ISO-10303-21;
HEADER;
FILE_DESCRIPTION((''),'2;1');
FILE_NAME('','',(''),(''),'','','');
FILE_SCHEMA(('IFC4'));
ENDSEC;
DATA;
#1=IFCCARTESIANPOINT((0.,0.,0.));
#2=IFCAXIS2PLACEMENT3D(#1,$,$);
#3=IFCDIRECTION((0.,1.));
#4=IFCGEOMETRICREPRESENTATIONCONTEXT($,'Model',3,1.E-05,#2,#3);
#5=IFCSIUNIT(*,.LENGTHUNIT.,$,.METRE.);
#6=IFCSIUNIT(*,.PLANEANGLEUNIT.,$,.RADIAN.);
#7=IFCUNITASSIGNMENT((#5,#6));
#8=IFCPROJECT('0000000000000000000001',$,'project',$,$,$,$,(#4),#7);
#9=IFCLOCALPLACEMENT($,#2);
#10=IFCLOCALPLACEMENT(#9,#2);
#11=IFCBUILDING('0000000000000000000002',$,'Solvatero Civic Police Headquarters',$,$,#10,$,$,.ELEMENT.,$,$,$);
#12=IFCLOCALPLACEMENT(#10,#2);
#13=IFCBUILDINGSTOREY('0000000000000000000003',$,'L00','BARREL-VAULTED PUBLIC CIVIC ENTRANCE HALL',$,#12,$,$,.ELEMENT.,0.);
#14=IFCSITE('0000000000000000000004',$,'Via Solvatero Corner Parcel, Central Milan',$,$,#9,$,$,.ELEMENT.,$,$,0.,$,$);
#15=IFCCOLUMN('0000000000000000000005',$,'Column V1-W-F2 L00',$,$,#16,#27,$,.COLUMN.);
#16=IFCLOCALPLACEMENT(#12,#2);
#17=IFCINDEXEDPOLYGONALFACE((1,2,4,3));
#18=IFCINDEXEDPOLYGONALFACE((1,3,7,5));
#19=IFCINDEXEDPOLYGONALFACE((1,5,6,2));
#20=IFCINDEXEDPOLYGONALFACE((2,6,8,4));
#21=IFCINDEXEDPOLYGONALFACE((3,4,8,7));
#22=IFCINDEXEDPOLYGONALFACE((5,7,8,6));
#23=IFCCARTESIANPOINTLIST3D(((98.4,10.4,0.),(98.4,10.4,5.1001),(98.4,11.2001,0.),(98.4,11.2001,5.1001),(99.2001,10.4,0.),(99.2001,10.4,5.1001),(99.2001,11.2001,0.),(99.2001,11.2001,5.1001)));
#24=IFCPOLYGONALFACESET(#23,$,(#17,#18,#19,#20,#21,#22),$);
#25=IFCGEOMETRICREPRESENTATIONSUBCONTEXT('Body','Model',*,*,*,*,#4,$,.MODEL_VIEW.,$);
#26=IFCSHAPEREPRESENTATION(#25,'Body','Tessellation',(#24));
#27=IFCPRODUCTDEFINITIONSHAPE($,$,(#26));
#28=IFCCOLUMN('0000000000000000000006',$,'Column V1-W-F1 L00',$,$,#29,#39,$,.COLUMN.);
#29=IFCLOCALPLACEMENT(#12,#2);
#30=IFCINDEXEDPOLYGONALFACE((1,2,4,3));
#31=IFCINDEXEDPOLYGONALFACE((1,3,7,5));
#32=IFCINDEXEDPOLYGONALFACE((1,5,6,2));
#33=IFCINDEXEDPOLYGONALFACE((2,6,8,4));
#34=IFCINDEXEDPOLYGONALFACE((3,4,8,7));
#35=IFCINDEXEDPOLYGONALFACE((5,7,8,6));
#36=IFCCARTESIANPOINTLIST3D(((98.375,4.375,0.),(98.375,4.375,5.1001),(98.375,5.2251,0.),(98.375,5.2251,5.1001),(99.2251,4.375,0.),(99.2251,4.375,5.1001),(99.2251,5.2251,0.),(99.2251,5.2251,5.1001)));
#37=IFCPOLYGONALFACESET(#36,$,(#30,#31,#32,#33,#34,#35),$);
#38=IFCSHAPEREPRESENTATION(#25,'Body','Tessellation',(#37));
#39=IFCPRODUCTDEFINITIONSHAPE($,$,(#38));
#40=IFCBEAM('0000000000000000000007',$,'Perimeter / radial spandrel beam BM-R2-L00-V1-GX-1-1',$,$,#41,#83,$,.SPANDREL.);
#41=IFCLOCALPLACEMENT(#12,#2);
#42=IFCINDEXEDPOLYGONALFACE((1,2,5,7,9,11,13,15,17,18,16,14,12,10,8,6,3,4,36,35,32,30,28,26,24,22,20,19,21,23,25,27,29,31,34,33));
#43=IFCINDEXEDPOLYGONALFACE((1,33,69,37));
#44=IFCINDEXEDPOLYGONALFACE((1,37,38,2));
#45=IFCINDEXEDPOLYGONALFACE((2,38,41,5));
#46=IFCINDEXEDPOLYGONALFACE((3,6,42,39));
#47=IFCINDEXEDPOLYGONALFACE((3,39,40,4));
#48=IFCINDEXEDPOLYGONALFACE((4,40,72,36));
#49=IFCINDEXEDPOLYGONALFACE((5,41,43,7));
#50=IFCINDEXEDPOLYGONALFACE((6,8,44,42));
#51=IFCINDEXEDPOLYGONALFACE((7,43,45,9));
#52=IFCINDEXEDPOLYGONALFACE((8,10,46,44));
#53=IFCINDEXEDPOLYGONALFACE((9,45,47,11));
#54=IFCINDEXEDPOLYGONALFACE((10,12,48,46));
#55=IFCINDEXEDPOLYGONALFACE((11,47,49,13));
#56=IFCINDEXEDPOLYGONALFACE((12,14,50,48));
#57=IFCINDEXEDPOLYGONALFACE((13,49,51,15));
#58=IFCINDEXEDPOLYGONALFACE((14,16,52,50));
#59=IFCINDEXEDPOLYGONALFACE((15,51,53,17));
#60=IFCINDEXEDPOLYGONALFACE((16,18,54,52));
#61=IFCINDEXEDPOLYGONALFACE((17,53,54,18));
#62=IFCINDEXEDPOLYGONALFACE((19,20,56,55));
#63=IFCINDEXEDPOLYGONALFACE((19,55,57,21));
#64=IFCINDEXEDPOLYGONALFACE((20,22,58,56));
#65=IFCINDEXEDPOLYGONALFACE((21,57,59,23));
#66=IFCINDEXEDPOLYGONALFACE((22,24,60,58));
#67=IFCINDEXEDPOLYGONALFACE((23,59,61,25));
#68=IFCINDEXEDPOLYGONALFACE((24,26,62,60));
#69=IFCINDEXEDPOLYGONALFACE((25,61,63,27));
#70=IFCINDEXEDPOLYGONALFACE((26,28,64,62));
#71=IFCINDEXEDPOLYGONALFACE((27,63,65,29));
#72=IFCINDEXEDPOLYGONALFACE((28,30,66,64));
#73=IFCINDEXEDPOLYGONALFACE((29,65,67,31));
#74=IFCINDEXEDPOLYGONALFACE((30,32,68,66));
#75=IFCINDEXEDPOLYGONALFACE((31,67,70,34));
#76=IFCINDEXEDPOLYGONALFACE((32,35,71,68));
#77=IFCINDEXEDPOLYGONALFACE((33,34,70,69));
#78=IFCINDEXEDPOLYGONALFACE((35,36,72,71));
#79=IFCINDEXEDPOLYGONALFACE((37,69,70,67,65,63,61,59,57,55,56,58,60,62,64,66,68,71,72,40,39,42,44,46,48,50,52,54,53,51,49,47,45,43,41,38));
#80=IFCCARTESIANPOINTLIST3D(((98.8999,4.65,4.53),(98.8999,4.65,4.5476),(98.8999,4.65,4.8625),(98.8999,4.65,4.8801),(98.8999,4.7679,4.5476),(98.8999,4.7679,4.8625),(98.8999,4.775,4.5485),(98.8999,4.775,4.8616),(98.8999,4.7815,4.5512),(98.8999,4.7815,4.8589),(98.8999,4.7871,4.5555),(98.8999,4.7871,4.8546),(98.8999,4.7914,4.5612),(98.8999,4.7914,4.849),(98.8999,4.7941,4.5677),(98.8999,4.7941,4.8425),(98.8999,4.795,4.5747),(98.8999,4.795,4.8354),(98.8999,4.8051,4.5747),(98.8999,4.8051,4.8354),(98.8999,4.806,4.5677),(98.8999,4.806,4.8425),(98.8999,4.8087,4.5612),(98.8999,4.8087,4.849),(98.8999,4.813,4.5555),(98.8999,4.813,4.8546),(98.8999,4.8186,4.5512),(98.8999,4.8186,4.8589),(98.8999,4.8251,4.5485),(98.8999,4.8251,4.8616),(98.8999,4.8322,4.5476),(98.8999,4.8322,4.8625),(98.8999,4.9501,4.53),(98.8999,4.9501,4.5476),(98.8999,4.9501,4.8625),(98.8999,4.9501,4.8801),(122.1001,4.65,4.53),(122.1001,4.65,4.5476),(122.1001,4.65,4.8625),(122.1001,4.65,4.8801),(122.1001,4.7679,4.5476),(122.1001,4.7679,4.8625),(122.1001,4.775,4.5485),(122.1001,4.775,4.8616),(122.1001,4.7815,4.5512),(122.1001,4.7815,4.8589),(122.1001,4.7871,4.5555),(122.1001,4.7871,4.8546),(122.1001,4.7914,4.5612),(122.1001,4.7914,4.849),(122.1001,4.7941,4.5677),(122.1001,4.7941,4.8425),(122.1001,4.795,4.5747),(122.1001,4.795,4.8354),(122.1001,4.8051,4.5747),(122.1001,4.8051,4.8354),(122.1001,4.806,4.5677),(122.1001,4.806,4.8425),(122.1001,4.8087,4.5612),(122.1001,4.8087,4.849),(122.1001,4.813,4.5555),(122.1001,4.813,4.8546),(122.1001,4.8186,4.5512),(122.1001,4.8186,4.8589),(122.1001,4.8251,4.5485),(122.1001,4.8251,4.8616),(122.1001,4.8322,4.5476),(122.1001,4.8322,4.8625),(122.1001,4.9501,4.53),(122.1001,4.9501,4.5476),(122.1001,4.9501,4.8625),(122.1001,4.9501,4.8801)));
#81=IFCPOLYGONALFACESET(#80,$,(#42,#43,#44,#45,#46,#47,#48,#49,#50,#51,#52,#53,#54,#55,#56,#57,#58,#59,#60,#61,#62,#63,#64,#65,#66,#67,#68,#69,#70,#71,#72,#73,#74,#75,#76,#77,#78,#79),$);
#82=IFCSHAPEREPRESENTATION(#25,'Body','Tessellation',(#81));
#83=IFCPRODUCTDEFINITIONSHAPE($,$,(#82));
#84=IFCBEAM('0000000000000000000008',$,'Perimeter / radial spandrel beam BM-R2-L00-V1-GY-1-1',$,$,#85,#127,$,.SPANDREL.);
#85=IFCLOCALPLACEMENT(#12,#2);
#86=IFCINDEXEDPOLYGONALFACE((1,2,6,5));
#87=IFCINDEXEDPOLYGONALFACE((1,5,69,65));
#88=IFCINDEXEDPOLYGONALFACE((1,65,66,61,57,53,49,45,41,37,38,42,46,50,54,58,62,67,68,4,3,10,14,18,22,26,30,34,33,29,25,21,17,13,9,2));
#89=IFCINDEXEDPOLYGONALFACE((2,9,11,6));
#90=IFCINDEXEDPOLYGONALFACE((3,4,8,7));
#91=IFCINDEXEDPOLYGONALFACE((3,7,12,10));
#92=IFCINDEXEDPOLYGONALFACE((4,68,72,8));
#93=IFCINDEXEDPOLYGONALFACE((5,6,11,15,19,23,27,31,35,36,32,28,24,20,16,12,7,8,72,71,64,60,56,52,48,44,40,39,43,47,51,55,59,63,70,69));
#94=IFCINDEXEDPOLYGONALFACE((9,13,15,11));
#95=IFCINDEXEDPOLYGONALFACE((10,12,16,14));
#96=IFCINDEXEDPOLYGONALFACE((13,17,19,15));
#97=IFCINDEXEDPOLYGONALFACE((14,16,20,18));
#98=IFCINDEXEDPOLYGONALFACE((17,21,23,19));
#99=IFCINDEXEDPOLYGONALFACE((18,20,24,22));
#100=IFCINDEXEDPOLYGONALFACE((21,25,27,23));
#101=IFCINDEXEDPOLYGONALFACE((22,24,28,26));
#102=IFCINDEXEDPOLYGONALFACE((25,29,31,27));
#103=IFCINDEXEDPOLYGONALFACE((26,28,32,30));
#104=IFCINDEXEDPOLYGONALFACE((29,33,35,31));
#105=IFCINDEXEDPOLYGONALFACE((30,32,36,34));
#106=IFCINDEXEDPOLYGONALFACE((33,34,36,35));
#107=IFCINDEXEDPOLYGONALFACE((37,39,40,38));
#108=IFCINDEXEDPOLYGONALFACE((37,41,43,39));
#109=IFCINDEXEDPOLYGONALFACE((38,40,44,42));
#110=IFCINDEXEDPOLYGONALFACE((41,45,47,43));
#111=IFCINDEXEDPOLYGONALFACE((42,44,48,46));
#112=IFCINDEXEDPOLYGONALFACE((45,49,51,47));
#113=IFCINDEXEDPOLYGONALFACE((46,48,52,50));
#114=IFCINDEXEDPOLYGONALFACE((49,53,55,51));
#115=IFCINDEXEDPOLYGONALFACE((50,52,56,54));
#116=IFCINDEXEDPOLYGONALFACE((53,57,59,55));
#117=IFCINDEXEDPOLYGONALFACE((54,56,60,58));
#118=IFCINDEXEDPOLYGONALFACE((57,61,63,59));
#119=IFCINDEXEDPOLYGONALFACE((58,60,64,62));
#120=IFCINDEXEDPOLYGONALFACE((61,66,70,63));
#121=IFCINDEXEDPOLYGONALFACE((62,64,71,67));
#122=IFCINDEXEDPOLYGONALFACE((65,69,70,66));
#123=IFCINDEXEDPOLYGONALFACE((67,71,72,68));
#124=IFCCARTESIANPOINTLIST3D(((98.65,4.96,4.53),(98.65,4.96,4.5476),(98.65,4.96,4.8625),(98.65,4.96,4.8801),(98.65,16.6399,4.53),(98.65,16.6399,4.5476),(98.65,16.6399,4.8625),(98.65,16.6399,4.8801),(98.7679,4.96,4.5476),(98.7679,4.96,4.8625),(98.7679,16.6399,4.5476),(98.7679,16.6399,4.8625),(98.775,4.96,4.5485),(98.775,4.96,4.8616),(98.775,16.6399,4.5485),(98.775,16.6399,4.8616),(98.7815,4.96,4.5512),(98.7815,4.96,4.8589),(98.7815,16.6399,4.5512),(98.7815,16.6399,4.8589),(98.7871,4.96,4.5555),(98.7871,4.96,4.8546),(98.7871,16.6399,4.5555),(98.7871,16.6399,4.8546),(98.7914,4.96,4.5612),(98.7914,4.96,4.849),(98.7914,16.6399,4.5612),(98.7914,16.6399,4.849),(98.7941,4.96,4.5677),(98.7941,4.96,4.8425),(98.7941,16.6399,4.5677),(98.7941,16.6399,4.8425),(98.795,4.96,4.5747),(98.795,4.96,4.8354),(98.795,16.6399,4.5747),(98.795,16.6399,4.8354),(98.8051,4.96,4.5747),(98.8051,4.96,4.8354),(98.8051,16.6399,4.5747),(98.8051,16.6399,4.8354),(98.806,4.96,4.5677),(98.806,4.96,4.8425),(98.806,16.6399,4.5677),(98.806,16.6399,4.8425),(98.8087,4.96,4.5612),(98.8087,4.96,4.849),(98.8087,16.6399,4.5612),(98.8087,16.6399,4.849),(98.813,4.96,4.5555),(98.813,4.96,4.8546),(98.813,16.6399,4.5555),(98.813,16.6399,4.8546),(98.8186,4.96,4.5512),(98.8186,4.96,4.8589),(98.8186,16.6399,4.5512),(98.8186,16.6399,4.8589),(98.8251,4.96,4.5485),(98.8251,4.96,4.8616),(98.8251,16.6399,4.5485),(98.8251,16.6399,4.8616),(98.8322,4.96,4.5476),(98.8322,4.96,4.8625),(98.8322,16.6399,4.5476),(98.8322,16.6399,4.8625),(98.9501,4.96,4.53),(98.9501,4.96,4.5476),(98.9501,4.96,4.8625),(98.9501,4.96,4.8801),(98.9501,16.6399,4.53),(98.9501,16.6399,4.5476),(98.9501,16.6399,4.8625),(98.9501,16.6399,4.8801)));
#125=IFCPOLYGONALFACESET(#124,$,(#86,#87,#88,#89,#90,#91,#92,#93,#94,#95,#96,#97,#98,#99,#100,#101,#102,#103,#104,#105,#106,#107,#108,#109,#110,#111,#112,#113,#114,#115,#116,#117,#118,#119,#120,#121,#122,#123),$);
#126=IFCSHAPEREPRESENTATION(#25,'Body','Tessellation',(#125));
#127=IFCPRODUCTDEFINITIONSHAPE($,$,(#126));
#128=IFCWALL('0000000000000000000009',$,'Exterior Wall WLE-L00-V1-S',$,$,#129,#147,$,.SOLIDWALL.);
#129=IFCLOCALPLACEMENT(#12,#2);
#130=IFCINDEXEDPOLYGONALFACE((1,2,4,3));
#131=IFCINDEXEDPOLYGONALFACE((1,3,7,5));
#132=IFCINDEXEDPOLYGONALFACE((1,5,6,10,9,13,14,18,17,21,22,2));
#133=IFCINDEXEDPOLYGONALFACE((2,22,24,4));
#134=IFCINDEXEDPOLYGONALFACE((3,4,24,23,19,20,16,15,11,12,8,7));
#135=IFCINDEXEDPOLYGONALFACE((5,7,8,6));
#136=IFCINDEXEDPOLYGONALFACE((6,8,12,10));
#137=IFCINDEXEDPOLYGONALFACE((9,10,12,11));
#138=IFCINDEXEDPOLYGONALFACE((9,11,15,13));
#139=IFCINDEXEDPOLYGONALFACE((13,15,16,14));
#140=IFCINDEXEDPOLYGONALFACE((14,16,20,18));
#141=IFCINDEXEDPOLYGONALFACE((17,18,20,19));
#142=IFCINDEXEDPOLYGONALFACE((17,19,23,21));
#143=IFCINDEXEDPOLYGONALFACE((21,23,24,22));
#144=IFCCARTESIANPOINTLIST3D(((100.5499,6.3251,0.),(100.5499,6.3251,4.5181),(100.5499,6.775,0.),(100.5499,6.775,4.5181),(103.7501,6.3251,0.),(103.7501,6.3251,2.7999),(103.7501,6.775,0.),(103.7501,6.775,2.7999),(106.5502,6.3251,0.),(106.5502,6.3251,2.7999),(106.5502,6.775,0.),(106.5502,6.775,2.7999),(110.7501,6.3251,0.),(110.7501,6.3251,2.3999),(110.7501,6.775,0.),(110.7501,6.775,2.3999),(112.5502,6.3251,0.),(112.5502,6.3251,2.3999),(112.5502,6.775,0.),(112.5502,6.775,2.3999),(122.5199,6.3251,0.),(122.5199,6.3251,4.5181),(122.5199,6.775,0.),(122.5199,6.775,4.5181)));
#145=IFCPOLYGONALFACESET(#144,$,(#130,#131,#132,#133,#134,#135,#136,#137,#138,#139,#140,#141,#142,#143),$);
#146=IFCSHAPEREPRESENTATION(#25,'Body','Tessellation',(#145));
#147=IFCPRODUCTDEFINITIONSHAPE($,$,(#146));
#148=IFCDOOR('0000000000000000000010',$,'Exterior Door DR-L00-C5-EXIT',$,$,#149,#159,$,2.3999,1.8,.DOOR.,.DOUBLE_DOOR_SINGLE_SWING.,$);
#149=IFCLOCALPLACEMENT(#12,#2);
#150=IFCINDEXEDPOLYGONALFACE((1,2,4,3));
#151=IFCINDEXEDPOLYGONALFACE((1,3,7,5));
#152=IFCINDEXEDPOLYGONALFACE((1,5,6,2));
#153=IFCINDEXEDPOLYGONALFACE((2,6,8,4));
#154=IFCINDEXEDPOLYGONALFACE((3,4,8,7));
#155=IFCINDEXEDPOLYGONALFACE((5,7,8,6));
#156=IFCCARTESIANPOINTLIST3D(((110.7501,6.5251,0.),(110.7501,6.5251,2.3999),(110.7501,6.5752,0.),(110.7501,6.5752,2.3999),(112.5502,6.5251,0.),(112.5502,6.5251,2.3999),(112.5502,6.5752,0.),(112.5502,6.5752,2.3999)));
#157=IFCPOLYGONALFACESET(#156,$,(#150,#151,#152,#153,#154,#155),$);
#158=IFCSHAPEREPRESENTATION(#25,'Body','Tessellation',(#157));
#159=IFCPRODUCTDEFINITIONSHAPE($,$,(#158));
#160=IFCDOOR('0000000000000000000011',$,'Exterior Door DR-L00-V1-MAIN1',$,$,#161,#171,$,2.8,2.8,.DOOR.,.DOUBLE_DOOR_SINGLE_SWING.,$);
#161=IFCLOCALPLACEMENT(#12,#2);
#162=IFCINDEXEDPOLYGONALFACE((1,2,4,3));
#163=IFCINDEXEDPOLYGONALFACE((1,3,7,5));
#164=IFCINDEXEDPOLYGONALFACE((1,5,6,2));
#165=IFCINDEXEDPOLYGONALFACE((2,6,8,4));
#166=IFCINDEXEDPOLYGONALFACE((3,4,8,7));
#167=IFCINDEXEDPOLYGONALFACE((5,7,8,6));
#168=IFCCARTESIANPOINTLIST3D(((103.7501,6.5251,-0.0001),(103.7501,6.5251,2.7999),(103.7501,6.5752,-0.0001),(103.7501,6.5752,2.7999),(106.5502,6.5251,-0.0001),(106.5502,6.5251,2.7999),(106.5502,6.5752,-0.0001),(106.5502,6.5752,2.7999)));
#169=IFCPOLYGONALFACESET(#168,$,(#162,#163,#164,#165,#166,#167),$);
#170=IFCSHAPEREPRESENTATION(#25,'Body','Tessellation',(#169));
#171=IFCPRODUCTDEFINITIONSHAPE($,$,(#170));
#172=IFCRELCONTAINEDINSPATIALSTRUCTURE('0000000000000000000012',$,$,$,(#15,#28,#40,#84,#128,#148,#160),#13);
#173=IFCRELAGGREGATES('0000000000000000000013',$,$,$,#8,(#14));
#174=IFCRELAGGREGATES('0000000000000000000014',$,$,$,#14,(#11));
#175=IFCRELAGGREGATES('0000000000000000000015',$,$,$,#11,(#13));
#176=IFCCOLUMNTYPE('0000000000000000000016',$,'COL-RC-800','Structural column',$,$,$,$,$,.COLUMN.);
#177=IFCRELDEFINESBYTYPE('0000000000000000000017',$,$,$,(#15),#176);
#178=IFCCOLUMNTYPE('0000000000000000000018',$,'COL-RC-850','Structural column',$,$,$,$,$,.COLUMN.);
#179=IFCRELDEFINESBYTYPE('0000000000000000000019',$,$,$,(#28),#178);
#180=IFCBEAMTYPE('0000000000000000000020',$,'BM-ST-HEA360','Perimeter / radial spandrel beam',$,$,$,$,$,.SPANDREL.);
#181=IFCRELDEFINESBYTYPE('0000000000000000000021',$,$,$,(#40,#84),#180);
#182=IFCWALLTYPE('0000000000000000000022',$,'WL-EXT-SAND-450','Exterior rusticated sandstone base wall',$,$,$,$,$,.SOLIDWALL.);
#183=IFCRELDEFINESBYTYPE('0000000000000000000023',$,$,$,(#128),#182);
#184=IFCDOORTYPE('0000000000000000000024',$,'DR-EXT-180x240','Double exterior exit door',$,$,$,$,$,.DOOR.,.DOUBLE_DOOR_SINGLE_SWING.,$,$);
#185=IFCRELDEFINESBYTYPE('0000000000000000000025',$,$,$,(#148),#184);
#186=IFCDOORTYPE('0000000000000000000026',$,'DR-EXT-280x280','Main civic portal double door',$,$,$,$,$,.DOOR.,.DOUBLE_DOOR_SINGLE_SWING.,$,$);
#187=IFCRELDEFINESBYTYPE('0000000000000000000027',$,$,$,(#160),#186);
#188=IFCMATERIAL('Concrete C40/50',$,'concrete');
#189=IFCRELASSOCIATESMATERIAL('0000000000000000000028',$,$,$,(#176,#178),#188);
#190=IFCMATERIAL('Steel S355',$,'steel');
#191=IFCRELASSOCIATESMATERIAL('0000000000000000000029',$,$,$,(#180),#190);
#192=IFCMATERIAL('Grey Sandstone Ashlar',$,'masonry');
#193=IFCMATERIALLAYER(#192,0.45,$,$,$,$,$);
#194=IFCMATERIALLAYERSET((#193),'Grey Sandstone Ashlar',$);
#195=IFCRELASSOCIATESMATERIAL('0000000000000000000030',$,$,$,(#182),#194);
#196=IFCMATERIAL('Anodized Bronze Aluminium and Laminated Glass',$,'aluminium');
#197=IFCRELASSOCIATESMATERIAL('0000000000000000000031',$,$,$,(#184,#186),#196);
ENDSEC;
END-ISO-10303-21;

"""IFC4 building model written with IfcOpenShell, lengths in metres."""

from ifc_helpers import new_model, si_unit, direction, frame, frame_2d, origin, origin_2d, place, context, subcontext, project, spatial, rectangle, i_section, extrude, material, layer, layer_set, material_profile, profile_set, type_object, element, fill, save


model = new_model("IFC4")

# Units and contexts
model_context = context("Model", 3, precision=1e-05, world=origin(), true_north=direction((0.0, 1.0)))
body_context = subcontext(model_context, "Body", "Model", "MODEL_VIEW")
ifc_project = project(units=[si_unit("LENGTHUNIT", "METRE"), si_unit("PLANEANGLEUNIT", "RADIAN")], contexts=[model_context])

# Site, building, storey
site_placement = place(None, origin())
site = spatial("IfcSite", under=ifc_project, at=site_placement, Name="Via Solvatero Corner Parcel, Central Milan", CompositionType="ELEMENT", RefElevation=0.0)
building_placement = place(site_placement, origin())
building = spatial("IfcBuilding", under=site, at=building_placement, Name="Solvatero Civic Police Headquarters", CompositionType="ELEMENT")
storey_placement = place(building_placement, origin())
storey = spatial("IfcBuildingStorey", under=building, at=storey_placement, Name="L00", Description="BARREL-VAULTED PUBLIC CIVIC ENTRANCE HALL", CompositionType="ELEMENT", Elevation=0.0)

# Columns
ifc_material_1 = material(Name="Concrete C40/50", Category="concrete")
ifc_material_profile_1 = material_profile(ifc_material_1, rectangle(XDim=0.8, YDim=0.8, at=origin_2d()), Name="RC 800x800")
ifc_profile_set_1 = profile_set([ifc_material_profile_1], Name="Concrete C40/50")
column_type_1 = type_object("IfcColumnType", Name="COL-RC-800", Description="Structural column", PredefinedType="COLUMN", material=ifc_profile_set_1)
column_1_placement = place(storey_placement, frame((98.8, 10.8, 0.0), z_axis=(0.0, 0.0, 1.0), x_axis=(1.0, 0.0, 0.0)))
element("IfcColumn", 1, at=column_1_placement, inside=storey, type_object=column_type_1, Name="Column V1-W-F2 L00", PredefinedType="COLUMN", context=body_context, shape_type="SweptSolid", body=[
    extrude(rectangle(XDim=0.8, YDim=0.8, at=origin_2d()), origin(), (0.0, 0.0, 1.0), 5.1001),
])
ifc_material_profile_2 = material_profile(ifc_material_1, rectangle(XDim=0.8501, YDim=0.8501, at=origin_2d()), Name="RC 850x850")
ifc_profile_set_2 = profile_set([ifc_material_profile_2], Name="Concrete C40/50")
column_type_2 = type_object("IfcColumnType", Name="COL-RC-850", Description="Structural column", PredefinedType="COLUMN", material=ifc_profile_set_2)
column_2_placement = place(storey_placement, frame((98.8, 4.8, 0.0), z_axis=(0.0, 0.0, 1.0), x_axis=(1.0, 0.0, 0.0)))
element("IfcColumn", 2, at=column_2_placement, inside=storey, type_object=column_type_2, Name="Column V1-W-F1 L00", PredefinedType="COLUMN", context=body_context, shape_type="SweptSolid", body=[
    extrude(rectangle(XDim=0.8501, YDim=0.8501, at=origin_2d()), origin(), (0.0, 0.0, 1.0), 5.1001),
])

# Beams
ifc_material_2 = material(Name="Steel S355", Category="steel")
ifc_material_profile_3 = material_profile(ifc_material_2, i_section(OverallWidth=0.3, OverallDepth=0.3501, WebThickness=0.01, FlangeThickness=0.0176, FilletRadius=0.0271, at=origin_2d()), Name="HEA 360")
ifc_profile_set_3 = profile_set([ifc_material_profile_3], Name="Steel S355")
beam_type = type_object("IfcBeamType", Name="BM-ST-HEA360", Description="Perimeter / radial spandrel beam", PredefinedType="SPANDREL", material=ifc_profile_set_3)
beam_1_placement = place(storey_placement, frame((98.8999, 4.8, 4.7051), z_axis=(1.0, 0.0, 0.0), x_axis=(0.0, 1.0, 0.0)))
element("IfcBeam", 3, at=beam_1_placement, inside=storey, type_object=beam_type, Name="Perimeter / radial spandrel beam BM-R2-L00-V1-GX-1-1", PredefinedType="SPANDREL", context=body_context, shape_type="SweptSolid", body=[
    extrude(i_section(OverallWidth=0.3, OverallDepth=0.3501, WebThickness=0.01, FlangeThickness=0.0176, FilletRadius=0.0271, at=origin_2d()), origin(), (0.0, 0.0, 1.0), 23.2002),
])
beam_2_placement = place(storey_placement, frame((98.8, 4.96, 4.7051), z_axis=(0.0, 1.0, 0.0), x_axis=(-1.0, 0.0, 0.0)))
element("IfcBeam", 4, at=beam_2_placement, inside=storey, type_object=beam_type, Name="Perimeter / radial spandrel beam BM-R2-L00-V1-GY-1-1", PredefinedType="SPANDREL", context=body_context, shape_type="SweptSolid", body=[
    extrude(i_section(OverallWidth=0.3, OverallDepth=0.3501, WebThickness=0.01, FlangeThickness=0.0176, FilletRadius=0.0271, at=origin_2d()), origin(), (0.0, 0.0, 1.0), 11.6799),
])

# Wall, openings, doors
ifc_material_3 = material(Name="Grey Sandstone Ashlar", Category="masonry")
ifc_layer_1 = layer(ifc_material_3, 0.45)
ifc_layer_set_1 = layer_set([ifc_layer_1], Name="Grey Sandstone Ashlar")
wall_type_1 = type_object("IfcWallType", Name="WL-EXT-SAND-450", Description="Exterior rusticated sandstone base wall", PredefinedType="SOLIDWALL", material=ifc_layer_set_1)
wall_1_placement = place(storey_placement, frame((100.55, 6.55, 0.0), z_axis=(0.0, 0.0, 1.0), x_axis=(1.0, 0.0, 0.0)))
wall_1 = element("IfcWall", 5, at=wall_1_placement, inside=storey, type_object=wall_type_1, Name="Exterior Wall WLE-L00-V1-S", PredefinedType="SOLIDWALL", context=body_context, shape_type="SweptSolid", body=[
    extrude(rectangle(XDim=21.97, YDim=0.45, at=frame_2d((10.9849, 0.0))), origin(), (0.0, 0.0, 1.0), 4.5181),
])
opening_1_placement = place(wall_1_placement, frame((6.0, 0.0, 0.0), z_axis=(0.0, 0.0, 1.0), x_axis=(-1.0, 0.0, 0.0)))
opening_1 = element("IfcOpeningElement", 6, at=opening_1_placement, cuts=wall_1, PredefinedType="OPENING", context=body_context, shape_type="SweptSolid", body=[
    extrude(rectangle(XDim=2.8, YDim=2.8, at=frame_2d((1.3999, 1.3999))), frame((0.0, 0.2349, 0.0), z_axis=(0.0, -1.0, 0.0), x_axis=(1.0, 0.0, 0.0)), (0.0, 0.0, 1.0), 0.47),
])
opening_2_placement = place(wall_1_placement, frame((12.0, 0.0, 0.0), z_axis=(0.0, 0.0, 1.0), x_axis=(-1.0, 0.0, 0.0)))
opening_2 = element("IfcOpeningElement", 7, at=opening_2_placement, cuts=wall_1, PredefinedType="OPENING", context=body_context, shape_type="SweptSolid", body=[
    extrude(rectangle(XDim=1.8, YDim=2.3999, at=frame_2d((0.8999, 1.2))), frame((0.0, 0.2349, 0.0), z_axis=(0.0, -1.0, 0.0), x_axis=(1.0, 0.0, 0.0)), (0.0, 0.0, 1.0), 0.47),
])
ifc_material_4 = material(Name="Anodized Bronze Aluminium and Laminated Glass", Category="aluminium")
door_type_1 = type_object("IfcDoorType", Name="DR-EXT-180x240", Description="Double exterior exit door", OperationType="DOUBLE_DOOR_SINGLE_SWING", PredefinedType="DOOR", material=ifc_material_4)
door_1_placement = place(opening_2_placement, origin())
door_1 = element("IfcDoor", 8, at=door_1_placement, inside=storey, type_object=door_type_1, Name="Exterior Door DR-L00-C5-EXIT", OperationType="DOUBLE_DOOR_SINGLE_SWING", OverallHeight=2.3999, OverallWidth=1.8, PredefinedType="DOOR", context=body_context, shape_type="SweptSolid", body=[
    extrude(rectangle(XDim=1.8, YDim=2.3999, at=frame_2d((0.8999, 1.2))), frame((0.0, 0.0249, 0.0), z_axis=(0.0, -1.0, 0.0), x_axis=(1.0, 0.0, 0.0)), (0.0, 0.0, 1.0), 0.05),
])
fill(opening_2, door_1)
door_type_2 = type_object("IfcDoorType", Name="DR-EXT-280x280", Description="Main civic portal double door", OperationType="DOUBLE_DOOR_SINGLE_SWING", PredefinedType="DOOR", material=ifc_material_4)
door_2_placement = place(opening_1_placement, origin())
door_2 = element("IfcDoor", 9, at=door_2_placement, inside=storey, type_object=door_type_2, Name="Exterior Door DR-L00-V1-MAIN1", OperationType="DOUBLE_DOOR_SINGLE_SWING", OverallHeight=2.8, OverallWidth=2.8, PredefinedType="DOOR", context=body_context, shape_type="SweptSolid", body=[
    extrude(rectangle(XDim=2.8, YDim=2.8, at=frame_2d((1.3999, 1.3999))), frame((0.0, 0.0249, 0.0), z_axis=(0.0, -1.0, 0.0), x_axis=(1.0, 0.0, 0.0)), (0.0, 0.0, 1.0), 0.05),
])
fill(opening_1, door_2)

save(model, "model.ifc")
